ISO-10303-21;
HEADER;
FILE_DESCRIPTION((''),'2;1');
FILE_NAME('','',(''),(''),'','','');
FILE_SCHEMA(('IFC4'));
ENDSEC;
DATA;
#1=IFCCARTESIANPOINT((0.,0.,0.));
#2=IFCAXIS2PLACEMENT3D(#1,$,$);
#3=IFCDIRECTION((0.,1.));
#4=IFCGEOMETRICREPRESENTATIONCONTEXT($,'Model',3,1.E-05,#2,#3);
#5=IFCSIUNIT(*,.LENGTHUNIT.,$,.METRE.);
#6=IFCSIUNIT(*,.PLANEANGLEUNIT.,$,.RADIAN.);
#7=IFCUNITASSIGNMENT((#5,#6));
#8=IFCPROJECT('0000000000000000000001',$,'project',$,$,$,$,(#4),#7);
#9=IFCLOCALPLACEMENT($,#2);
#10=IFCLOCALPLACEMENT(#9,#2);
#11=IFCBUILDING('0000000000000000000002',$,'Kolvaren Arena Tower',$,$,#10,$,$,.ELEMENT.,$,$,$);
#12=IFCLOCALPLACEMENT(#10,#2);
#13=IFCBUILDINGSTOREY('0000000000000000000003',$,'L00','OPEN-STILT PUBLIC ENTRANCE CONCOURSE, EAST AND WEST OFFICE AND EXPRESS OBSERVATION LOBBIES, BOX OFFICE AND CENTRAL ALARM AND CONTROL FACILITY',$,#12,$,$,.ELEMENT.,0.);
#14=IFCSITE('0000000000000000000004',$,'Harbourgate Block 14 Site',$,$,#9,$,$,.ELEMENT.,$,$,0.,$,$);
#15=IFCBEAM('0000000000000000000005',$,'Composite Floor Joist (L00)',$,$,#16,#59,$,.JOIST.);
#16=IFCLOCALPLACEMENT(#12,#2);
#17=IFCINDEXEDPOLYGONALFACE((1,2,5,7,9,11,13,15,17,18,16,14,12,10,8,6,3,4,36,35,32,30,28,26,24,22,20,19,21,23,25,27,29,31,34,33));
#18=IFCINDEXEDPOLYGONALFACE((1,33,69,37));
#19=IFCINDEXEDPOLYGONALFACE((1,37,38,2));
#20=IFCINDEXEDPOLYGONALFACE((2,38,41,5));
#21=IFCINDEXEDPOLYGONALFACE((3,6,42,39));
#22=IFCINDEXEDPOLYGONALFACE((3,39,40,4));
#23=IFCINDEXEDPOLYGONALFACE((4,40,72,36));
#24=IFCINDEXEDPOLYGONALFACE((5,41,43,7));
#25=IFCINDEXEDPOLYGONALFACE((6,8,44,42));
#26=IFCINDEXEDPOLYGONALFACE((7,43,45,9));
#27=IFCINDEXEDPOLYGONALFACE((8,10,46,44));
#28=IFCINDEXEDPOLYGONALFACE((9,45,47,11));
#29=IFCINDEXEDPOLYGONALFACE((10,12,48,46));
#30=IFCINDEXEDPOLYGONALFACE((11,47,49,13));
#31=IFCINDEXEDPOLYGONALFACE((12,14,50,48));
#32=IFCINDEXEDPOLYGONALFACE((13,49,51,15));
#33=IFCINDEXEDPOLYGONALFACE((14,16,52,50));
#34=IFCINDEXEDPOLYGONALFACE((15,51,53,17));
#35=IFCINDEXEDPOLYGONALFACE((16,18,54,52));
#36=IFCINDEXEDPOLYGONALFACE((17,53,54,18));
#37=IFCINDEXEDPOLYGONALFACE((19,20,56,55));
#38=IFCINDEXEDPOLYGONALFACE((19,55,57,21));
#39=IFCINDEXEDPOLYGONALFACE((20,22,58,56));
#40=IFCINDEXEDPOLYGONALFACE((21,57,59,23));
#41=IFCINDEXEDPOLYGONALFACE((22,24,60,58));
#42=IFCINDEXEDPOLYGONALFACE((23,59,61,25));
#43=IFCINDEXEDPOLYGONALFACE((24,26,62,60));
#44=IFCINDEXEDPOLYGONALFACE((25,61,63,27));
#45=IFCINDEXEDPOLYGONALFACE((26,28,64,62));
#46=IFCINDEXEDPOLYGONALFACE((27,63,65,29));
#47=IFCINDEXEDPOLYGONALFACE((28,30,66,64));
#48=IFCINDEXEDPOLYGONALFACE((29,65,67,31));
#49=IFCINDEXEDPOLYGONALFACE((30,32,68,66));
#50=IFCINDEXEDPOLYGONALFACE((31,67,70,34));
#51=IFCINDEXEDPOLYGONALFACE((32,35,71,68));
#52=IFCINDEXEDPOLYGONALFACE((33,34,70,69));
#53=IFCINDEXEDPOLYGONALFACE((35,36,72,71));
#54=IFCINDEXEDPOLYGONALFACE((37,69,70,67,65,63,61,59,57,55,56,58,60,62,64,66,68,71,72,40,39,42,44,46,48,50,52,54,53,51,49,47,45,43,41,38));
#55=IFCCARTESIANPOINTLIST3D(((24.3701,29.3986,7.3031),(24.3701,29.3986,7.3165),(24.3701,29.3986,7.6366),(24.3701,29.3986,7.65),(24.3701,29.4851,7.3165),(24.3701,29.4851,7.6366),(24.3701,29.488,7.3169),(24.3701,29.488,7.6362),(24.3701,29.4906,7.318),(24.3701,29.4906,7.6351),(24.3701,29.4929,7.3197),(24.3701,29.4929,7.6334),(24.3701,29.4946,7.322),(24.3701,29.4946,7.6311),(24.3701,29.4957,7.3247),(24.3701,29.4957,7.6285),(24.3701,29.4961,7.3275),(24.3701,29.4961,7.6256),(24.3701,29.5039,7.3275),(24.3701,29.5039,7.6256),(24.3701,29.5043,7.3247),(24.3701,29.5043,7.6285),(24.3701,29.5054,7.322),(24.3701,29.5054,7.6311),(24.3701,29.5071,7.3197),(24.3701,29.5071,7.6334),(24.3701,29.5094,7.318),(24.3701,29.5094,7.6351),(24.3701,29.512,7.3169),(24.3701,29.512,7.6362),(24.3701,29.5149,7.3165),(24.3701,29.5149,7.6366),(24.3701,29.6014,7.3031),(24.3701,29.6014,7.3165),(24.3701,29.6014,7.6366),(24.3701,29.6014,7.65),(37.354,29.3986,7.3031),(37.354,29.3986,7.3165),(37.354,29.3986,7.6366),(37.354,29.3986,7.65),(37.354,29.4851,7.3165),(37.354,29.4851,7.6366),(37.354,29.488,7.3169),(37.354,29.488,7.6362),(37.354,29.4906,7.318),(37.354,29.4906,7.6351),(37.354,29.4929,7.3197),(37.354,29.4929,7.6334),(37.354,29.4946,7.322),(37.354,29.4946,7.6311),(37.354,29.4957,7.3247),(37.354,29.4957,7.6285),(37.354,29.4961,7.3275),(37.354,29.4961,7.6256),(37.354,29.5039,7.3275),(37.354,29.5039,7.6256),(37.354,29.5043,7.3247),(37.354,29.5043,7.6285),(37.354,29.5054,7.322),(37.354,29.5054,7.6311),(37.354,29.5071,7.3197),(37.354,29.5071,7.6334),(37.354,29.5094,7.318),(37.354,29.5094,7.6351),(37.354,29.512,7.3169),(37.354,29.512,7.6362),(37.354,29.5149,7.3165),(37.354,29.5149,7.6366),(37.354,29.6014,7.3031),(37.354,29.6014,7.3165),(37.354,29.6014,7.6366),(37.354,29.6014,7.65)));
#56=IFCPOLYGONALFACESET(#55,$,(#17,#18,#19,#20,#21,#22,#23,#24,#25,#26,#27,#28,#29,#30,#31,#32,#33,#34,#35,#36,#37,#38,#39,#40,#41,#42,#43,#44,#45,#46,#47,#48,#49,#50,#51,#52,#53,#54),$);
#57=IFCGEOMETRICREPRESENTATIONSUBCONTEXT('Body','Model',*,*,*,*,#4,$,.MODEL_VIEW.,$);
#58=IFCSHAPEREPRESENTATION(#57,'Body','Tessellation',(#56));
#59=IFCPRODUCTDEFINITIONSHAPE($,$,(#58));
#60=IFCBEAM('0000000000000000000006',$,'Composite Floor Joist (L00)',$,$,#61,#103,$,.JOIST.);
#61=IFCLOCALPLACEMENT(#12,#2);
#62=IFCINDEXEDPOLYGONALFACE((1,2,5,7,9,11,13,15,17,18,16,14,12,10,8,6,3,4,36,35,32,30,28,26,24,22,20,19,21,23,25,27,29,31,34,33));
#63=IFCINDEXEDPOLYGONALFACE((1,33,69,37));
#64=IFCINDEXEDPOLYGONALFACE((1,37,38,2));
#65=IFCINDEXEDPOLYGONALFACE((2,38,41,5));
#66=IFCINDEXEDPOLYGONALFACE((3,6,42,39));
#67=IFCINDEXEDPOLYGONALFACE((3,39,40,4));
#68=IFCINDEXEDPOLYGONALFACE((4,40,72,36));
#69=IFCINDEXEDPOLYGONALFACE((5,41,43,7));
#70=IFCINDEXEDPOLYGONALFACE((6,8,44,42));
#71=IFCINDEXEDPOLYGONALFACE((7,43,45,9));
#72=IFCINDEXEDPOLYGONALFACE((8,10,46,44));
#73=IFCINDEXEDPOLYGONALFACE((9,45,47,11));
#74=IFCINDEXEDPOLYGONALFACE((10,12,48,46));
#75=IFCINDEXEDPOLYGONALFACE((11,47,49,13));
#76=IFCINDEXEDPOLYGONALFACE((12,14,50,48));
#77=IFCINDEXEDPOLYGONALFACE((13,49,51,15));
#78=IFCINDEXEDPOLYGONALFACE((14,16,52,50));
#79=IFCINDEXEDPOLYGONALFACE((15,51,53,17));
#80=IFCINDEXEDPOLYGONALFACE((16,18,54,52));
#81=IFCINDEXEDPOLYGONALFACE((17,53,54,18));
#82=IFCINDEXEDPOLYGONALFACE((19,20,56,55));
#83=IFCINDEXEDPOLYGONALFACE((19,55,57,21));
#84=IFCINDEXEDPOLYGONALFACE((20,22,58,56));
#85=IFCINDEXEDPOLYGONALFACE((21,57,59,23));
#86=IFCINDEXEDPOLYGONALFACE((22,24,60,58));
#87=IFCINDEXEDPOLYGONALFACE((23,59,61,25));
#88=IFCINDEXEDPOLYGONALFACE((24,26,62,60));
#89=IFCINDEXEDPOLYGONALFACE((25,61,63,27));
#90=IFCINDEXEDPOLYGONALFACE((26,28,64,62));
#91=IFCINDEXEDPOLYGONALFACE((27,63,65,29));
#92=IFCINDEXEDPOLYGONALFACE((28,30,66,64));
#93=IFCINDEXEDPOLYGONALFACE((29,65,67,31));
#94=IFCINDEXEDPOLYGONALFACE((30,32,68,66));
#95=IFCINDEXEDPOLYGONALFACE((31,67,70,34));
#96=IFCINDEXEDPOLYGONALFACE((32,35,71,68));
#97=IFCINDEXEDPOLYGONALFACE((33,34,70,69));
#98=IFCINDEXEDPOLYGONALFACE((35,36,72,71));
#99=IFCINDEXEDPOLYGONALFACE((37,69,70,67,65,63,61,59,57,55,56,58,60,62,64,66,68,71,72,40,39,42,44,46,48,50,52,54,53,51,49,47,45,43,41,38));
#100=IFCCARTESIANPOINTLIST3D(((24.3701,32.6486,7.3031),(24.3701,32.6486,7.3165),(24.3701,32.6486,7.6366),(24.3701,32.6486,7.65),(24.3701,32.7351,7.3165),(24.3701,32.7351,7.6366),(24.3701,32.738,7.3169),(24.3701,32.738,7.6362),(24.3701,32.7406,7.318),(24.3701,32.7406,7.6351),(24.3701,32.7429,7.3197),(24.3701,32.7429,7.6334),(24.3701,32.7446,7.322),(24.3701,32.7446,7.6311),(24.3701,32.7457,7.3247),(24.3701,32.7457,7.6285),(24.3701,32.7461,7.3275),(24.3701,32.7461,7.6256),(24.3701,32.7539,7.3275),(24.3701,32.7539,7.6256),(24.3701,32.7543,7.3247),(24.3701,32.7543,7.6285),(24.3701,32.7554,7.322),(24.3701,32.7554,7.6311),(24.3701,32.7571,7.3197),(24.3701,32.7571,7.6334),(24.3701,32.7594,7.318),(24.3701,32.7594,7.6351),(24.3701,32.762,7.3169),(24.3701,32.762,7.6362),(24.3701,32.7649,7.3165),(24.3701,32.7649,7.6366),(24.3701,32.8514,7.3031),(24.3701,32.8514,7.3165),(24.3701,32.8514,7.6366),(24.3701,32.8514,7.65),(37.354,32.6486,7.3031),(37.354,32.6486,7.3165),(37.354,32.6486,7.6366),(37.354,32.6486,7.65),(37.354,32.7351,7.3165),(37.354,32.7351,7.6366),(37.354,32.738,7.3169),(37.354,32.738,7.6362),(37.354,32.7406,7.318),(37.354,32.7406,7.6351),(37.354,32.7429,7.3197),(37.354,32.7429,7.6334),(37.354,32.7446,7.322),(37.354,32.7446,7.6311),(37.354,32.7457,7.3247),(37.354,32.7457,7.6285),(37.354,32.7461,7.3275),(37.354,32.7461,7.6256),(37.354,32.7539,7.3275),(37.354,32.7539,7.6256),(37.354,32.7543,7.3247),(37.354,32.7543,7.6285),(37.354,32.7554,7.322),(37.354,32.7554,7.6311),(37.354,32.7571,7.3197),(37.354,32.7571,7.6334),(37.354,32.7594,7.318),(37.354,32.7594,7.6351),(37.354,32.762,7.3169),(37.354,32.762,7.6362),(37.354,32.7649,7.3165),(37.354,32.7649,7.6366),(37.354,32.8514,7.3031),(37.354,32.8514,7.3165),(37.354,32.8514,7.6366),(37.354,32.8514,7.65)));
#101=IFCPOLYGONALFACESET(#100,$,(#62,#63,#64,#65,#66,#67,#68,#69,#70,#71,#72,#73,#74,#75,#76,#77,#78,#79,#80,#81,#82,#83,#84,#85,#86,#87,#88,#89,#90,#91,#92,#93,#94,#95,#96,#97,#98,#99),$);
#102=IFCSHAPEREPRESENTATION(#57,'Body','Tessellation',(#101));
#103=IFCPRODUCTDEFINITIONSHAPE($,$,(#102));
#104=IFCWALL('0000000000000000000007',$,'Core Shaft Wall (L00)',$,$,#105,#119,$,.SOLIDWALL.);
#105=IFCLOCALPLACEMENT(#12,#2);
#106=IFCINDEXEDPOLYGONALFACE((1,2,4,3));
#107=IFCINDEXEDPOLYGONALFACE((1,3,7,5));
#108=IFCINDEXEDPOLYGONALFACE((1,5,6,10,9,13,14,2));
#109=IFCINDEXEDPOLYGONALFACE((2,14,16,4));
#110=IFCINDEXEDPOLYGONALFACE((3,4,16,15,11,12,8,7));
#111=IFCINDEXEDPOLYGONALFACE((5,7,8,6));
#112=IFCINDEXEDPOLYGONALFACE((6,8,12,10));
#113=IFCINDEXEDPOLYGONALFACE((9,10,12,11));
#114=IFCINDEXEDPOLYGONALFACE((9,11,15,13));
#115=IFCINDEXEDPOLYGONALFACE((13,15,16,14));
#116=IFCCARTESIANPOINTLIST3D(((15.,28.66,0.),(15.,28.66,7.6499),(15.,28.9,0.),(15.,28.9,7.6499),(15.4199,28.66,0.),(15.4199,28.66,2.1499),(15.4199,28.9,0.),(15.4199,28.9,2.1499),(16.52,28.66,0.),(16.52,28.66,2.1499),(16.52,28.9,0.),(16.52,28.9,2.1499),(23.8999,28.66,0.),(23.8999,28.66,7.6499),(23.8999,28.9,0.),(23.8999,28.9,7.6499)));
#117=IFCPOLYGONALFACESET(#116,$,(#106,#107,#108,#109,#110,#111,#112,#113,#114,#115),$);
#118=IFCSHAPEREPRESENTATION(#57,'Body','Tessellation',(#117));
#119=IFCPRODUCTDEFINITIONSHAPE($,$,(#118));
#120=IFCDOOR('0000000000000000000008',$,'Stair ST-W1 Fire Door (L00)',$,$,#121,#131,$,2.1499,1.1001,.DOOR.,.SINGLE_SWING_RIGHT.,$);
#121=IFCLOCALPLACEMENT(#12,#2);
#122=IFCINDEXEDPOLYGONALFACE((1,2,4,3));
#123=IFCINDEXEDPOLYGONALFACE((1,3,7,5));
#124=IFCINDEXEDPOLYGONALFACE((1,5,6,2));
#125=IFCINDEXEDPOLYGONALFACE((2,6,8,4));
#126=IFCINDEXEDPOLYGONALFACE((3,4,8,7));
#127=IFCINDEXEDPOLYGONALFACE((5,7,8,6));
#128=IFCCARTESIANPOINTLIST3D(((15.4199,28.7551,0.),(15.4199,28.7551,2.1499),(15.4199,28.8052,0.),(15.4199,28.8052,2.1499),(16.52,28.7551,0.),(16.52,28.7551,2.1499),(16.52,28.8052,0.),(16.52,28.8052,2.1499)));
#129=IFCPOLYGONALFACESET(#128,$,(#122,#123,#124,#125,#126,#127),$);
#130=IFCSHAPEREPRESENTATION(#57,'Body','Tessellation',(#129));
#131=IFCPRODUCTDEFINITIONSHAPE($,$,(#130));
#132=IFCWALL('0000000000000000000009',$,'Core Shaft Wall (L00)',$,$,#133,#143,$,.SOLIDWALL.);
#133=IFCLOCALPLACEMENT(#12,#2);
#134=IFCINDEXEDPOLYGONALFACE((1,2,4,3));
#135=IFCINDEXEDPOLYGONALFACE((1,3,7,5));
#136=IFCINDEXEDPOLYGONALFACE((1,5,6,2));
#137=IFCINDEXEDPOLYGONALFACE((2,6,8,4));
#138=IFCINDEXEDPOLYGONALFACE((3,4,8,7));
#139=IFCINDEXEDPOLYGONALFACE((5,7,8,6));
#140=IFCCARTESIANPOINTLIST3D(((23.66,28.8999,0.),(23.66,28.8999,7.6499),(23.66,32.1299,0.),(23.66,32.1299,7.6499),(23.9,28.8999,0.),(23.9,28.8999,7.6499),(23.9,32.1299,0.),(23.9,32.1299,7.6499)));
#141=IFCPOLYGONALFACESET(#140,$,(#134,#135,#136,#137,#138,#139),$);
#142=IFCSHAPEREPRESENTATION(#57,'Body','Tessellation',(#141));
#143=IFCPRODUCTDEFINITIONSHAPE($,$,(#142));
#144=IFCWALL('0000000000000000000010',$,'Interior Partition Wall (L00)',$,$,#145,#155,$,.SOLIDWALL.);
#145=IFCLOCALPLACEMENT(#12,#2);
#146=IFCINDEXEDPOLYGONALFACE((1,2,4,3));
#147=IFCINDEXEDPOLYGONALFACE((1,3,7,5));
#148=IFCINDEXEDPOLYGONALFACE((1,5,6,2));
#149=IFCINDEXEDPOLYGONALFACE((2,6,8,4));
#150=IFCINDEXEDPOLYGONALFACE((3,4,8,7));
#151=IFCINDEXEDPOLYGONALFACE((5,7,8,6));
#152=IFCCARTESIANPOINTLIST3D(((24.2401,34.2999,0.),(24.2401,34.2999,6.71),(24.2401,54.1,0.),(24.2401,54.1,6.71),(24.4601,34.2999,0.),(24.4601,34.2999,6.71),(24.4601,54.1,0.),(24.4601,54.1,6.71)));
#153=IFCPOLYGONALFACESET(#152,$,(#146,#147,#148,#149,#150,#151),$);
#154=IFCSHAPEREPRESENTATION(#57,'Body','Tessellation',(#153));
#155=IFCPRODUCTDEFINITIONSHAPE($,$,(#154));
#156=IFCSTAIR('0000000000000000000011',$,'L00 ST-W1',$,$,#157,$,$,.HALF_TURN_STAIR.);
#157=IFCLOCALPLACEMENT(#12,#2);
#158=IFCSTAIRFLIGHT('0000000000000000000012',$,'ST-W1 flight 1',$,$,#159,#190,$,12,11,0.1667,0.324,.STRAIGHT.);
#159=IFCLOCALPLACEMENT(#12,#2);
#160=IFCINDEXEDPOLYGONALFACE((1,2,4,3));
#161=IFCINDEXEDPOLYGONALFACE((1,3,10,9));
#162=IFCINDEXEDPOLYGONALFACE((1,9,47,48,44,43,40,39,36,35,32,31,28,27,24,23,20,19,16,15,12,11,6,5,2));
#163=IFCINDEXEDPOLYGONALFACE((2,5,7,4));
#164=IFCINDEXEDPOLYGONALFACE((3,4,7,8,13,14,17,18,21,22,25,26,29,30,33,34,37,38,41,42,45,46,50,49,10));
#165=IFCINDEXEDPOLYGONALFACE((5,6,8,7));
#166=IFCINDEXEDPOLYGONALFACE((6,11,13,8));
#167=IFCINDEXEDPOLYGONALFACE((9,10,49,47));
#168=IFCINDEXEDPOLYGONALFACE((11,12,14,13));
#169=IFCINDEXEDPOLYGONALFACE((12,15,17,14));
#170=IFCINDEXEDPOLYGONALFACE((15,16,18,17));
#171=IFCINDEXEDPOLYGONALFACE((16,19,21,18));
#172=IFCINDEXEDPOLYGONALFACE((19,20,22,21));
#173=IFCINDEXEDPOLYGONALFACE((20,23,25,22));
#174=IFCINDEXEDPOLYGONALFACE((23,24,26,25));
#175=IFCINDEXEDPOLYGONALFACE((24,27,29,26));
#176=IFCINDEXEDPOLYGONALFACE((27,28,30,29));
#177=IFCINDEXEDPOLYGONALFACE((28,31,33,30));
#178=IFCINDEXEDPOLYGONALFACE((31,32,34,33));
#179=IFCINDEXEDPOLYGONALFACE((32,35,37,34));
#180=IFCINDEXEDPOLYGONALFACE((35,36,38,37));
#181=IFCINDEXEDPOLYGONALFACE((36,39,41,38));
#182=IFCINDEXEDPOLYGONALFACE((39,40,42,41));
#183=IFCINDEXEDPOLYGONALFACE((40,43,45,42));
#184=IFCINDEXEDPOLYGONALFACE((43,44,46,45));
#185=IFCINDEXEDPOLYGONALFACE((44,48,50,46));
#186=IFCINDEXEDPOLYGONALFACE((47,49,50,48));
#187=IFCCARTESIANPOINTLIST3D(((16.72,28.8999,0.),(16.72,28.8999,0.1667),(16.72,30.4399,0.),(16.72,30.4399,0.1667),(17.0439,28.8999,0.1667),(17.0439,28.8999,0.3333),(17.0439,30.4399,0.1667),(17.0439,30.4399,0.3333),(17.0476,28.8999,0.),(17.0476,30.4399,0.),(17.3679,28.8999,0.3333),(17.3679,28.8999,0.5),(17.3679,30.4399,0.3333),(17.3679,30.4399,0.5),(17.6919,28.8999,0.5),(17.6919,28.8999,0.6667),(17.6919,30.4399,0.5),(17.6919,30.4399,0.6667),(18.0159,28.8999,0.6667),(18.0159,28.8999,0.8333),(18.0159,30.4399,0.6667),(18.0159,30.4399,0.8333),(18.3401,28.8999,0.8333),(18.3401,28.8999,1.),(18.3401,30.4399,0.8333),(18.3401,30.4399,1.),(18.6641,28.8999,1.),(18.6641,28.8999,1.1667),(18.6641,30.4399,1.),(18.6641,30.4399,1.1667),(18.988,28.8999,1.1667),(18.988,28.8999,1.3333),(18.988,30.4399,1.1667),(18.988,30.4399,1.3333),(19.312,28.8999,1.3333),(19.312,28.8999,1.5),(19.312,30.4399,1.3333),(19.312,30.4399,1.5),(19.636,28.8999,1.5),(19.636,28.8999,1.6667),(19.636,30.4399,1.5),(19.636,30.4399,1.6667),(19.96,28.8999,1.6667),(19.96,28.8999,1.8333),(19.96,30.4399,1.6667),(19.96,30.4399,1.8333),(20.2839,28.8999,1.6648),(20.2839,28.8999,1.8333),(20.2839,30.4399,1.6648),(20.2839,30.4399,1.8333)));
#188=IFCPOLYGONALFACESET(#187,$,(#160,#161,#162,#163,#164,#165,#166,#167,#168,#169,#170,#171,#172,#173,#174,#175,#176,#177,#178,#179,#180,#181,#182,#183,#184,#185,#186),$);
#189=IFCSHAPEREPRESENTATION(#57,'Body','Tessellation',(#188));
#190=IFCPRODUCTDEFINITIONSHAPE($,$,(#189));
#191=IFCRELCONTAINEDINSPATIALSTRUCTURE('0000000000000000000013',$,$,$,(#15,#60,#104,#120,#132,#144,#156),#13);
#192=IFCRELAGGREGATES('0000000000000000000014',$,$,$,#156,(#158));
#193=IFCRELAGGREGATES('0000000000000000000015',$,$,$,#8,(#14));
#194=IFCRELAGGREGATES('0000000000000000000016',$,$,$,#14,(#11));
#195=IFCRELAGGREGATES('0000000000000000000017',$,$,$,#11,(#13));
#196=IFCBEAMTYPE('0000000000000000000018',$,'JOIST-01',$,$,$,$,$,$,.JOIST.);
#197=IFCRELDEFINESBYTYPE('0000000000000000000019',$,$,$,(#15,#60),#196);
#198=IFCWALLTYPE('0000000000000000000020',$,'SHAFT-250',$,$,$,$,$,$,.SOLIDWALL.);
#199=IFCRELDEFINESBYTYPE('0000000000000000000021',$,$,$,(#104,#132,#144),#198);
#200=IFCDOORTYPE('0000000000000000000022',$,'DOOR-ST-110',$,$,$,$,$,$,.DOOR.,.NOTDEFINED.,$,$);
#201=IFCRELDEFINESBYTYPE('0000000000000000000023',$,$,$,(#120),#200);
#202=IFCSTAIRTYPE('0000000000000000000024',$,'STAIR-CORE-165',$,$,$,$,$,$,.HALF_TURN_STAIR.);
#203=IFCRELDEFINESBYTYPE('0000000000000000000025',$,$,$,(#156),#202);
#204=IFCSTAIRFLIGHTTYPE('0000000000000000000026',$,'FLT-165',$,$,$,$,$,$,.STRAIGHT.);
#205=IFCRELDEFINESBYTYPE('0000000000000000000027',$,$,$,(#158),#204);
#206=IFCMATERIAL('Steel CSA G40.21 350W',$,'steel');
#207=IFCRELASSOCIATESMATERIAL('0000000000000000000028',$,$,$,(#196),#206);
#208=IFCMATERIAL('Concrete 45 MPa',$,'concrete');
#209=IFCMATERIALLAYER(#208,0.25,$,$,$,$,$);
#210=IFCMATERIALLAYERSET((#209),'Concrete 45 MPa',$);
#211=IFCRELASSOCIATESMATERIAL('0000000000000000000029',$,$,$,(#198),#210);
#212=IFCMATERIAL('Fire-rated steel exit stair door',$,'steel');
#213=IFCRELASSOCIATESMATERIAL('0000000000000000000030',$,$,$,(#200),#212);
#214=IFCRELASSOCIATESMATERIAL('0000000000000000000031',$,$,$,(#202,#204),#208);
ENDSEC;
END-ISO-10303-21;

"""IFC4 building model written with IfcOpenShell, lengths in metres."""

from ifc_helpers import new_model, si_unit, direction, frame, frame_2d, origin, origin_2d, place, context, subcontext, project, spatial, polyline, rectangle, i_section, outline, extrude, material, layer, layer_set, material_profile, profile_set, type_object, element, fill, aggregate, save


model = new_model("IFC4")

# Units and contexts
model_context = context("Model", 3, precision=1e-05, world=origin(), true_north=direction((0.0, 1.0)))
body_context = subcontext(model_context, "Body", "Model", "MODEL_VIEW")
ifc_project = project(units=[si_unit("LENGTHUNIT", "METRE"), si_unit("PLANEANGLEUNIT", "RADIAN")], contexts=[model_context])

# Site, building, storey
site_placement = place(None, origin())
site = spatial("IfcSite", under=ifc_project, at=site_placement, Name="Harbourgate Block 14 Site", CompositionType="ELEMENT", RefElevation=0.0)
building_placement = place(site_placement, origin())
building = spatial("IfcBuilding", under=site, at=building_placement, Name="Kolvaren Arena Tower", CompositionType="ELEMENT")
storey_placement = place(building_placement, origin())
storey = spatial("IfcBuildingStorey", under=building, at=storey_placement, Name="L00", Description="OPEN-STILT PUBLIC ENTRANCE CONCOURSE, EAST AND WEST OFFICE AND EXPRESS OBSERVATION LOBBIES, BOX OFFICE AND CENTRAL ALARM AND CONTROL FACILITY", CompositionType="ELEMENT", Elevation=0.0)

# Beams
ifc_material_1 = material(Name="Steel CSA G40.21 350W", Category="steel")
ifc_material_profile_1 = material_profile(ifc_material_1, i_section(OverallWidth=0.2029, OverallDepth=0.3469, WebThickness=0.0078, FlangeThickness=0.0134, FilletRadius=0.011, at=origin_2d()), Name="W360x64")
ifc_profile_set_1 = profile_set([ifc_material_profile_1], Name="Steel CSA G40.21 350W")
beam_type_1 = type_object("IfcBeamType", Name="JOIST-01", PredefinedType="JOIST", material=ifc_profile_set_1)
for number, where, z_axis, x_axis, name in (
    (1, (24.3701, 29.5, 7.4766), (1.0, 0.0, 0.0), (0.0, 1.0, 0.0), "Composite Floor Joist (L00)"),
    (2, (24.3701, 32.75, 7.4766), (1.0, 0.0, 0.0), (0.0, 1.0, 0.0), "Composite Floor Joist (L00)"),
):
    element("IfcBeam", number, at=place(storey_placement, frame(where, z_axis=z_axis, x_axis=x_axis)), inside=storey, type_object=beam_type_1, Name=name, PredefinedType="JOIST", context=body_context, shape_type="SweptSolid", body=[
        extrude(i_section(OverallWidth=0.2029, OverallDepth=0.3469, WebThickness=0.0078, FlangeThickness=0.0134, FilletRadius=0.011, at=origin_2d()), origin(), (0.0, 0.0, 1.0), 12.9839),
    ])

# Wall, opening, door
ifc_material_2 = material(Name="Concrete 45 MPa", Category="concrete")
ifc_layer = layer(ifc_material_2, 0.25)
ifc_layer_set = layer_set([ifc_layer], Name="Concrete 45 MPa")
wall_type = type_object("IfcWallType", Name="SHAFT-250", PredefinedType="SOLIDWALL", material=ifc_layer_set)
wall_1_placement = place(storey_placement, frame((23.8999, 28.78, 0.0), z_axis=(0.0, 0.0, 1.0), x_axis=(-1.0, 0.0, 0.0)))
wall_1 = element("IfcWall", 3, at=wall_1_placement, inside=storey, type_object=wall_type, Name="Core Shaft Wall (L00)", PredefinedType="SOLIDWALL", context=body_context, shape_type="SweptSolid", body=[
    extrude(rectangle(XDim=8.8999, YDim=0.24, at=frame_2d((4.45, 0.0))), origin(), (0.0, 0.0, 1.0), 7.6499),
])
opening_placement = place(wall_1_placement, frame((7.3799, 0.0, 0.0)))
opening = element("IfcOpeningElement", 4, at=opening_placement, cuts=wall_1, PredefinedType="OPENING", context=body_context, shape_type="SweptSolid", body=[
    extrude(rectangle(XDim=1.1001, YDim=2.1499, at=frame_2d((0.55, 1.075))), frame((0.0, 0.1299, 0.0), z_axis=(0.0, -1.0, 0.0), x_axis=(1.0, 0.0, 0.0)), (0.0, 0.0, 1.0), 0.26),
])
ifc_material_3 = material(Name="Fire-rated steel exit stair door", Category="steel")
door_type = type_object("IfcDoorType", Name="DOOR-ST-110", OperationType="NOTDEFINED", PredefinedType="DOOR", material=ifc_material_3)
door_placement = place(opening_placement, origin())
door = element("IfcDoor", 5, at=door_placement, inside=storey, type_object=door_type, Name="Stair ST-W1 Fire Door (L00)", OperationType="SINGLE_SWING_RIGHT", OverallHeight=2.1499, OverallWidth=1.1001, PredefinedType="DOOR", context=body_context, shape_type="SweptSolid", body=[
    extrude(rectangle(XDim=1.1001, YDim=2.1499, at=frame_2d((0.55, 1.075))), frame((0.0, 0.0249, 0.0), z_axis=(0.0, -1.0, 0.0), x_axis=(1.0, 0.0, 0.0)), (0.0, 0.0, 1.0), 0.05),
])
fill(opening, door)

# Walls
wall_2_placement = place(storey_placement, frame((23.78, 28.8999, 0.0), z_axis=(0.0, 0.0, 1.0), x_axis=(0.0, 1.0, 0.0)))
element("IfcWall", 6, at=wall_2_placement, inside=storey, type_object=wall_type, Name="Core Shaft Wall (L00)", PredefinedType="SOLIDWALL", context=body_context, shape_type="SweptSolid", body=[
    extrude(rectangle(XDim=3.23, YDim=0.24, at=frame_2d((1.615, 0.0))), origin(), (0.0, 0.0, 1.0), 7.6499),
])
wall_3_placement = place(storey_placement, frame((24.3501, 34.3, 0.0), z_axis=(0.0, 0.0, 1.0), x_axis=(0.0, 1.0, 0.0)))
element("IfcWall", 7, at=wall_3_placement, inside=storey, type_object=wall_type, Name="Interior Partition Wall (L00)", PredefinedType="SOLIDWALL", context=body_context, shape_type="SweptSolid", body=[
    extrude(rectangle(XDim=19.8, YDim=0.22, at=frame_2d((9.8999, 0.0))), origin(), (0.0, 0.0, 1.0), 6.71),
])

# Stair, stair flight
stair_type = type_object("IfcStairType", Name="STAIR-CORE-165", PredefinedType="HALF_TURN_STAIR", material=ifc_material_2)
stair_placement = place(storey_placement, origin())
stair = element("IfcStair", 8, at=stair_placement, inside=storey, type_object=stair_type, Name="L00 ST-W1", PredefinedType="HALF_TURN_STAIR")
stair_flight_type = type_object("IfcStairFlightType", Name="FLT-165", PredefinedType="STRAIGHT", material=ifc_material_2)
stair_flight_1_placement = place(storey_placement, frame((16.72, 29.6699, 0.0), z_axis=(0.0, 0.0, 1.0), x_axis=(1.0, 0.0, 0.0)))
stair_flight_1 = element("IfcStairFlight", 9, at=stair_flight_1_placement, type_object=stair_flight_type, Name="ST-W1 flight 1", NumberOfRisers=12, NumberOfTreads=11, PredefinedType="STRAIGHT", RiserHeight=0.1667, TreadLength=0.324, context=body_context, shape_type="SweptSolid", body=[
    extrude(outline(polyline([(0.0, 0.0), (0.0, 0.1667), (0.324, 0.1667), (0.324, 0.3333), (0.6479, 0.3333), (0.6479, 0.5), (0.9719, 0.5), (0.9719, 0.6667), (1.2959, 0.6667), (1.2959, 0.8333), (1.6201, 0.8333), (1.6201, 1.0), (1.9441, 1.0), (1.9441, 1.1667), (2.2681, 1.1667), (2.2681, 1.3333), (2.592, 1.3333), (2.592, 1.5), (2.916, 1.5), (2.916, 1.6667), (3.24, 1.6667), (3.24, 1.8333), (3.564, 1.8333), (3.564, 2.0), (3.564, 1.6648), (0.3276, 0.0), (0.0, 0.0)])), frame((0.0, 0.77, 0.0), z_axis=(0.0, -1.0, 0.0), x_axis=(1.0, 0.0, 0.0)), (0.0, 0.0, 1.0), 1.54),
])
aggregate(stair, [stair_flight_1])

save(model, "model.ifc")
